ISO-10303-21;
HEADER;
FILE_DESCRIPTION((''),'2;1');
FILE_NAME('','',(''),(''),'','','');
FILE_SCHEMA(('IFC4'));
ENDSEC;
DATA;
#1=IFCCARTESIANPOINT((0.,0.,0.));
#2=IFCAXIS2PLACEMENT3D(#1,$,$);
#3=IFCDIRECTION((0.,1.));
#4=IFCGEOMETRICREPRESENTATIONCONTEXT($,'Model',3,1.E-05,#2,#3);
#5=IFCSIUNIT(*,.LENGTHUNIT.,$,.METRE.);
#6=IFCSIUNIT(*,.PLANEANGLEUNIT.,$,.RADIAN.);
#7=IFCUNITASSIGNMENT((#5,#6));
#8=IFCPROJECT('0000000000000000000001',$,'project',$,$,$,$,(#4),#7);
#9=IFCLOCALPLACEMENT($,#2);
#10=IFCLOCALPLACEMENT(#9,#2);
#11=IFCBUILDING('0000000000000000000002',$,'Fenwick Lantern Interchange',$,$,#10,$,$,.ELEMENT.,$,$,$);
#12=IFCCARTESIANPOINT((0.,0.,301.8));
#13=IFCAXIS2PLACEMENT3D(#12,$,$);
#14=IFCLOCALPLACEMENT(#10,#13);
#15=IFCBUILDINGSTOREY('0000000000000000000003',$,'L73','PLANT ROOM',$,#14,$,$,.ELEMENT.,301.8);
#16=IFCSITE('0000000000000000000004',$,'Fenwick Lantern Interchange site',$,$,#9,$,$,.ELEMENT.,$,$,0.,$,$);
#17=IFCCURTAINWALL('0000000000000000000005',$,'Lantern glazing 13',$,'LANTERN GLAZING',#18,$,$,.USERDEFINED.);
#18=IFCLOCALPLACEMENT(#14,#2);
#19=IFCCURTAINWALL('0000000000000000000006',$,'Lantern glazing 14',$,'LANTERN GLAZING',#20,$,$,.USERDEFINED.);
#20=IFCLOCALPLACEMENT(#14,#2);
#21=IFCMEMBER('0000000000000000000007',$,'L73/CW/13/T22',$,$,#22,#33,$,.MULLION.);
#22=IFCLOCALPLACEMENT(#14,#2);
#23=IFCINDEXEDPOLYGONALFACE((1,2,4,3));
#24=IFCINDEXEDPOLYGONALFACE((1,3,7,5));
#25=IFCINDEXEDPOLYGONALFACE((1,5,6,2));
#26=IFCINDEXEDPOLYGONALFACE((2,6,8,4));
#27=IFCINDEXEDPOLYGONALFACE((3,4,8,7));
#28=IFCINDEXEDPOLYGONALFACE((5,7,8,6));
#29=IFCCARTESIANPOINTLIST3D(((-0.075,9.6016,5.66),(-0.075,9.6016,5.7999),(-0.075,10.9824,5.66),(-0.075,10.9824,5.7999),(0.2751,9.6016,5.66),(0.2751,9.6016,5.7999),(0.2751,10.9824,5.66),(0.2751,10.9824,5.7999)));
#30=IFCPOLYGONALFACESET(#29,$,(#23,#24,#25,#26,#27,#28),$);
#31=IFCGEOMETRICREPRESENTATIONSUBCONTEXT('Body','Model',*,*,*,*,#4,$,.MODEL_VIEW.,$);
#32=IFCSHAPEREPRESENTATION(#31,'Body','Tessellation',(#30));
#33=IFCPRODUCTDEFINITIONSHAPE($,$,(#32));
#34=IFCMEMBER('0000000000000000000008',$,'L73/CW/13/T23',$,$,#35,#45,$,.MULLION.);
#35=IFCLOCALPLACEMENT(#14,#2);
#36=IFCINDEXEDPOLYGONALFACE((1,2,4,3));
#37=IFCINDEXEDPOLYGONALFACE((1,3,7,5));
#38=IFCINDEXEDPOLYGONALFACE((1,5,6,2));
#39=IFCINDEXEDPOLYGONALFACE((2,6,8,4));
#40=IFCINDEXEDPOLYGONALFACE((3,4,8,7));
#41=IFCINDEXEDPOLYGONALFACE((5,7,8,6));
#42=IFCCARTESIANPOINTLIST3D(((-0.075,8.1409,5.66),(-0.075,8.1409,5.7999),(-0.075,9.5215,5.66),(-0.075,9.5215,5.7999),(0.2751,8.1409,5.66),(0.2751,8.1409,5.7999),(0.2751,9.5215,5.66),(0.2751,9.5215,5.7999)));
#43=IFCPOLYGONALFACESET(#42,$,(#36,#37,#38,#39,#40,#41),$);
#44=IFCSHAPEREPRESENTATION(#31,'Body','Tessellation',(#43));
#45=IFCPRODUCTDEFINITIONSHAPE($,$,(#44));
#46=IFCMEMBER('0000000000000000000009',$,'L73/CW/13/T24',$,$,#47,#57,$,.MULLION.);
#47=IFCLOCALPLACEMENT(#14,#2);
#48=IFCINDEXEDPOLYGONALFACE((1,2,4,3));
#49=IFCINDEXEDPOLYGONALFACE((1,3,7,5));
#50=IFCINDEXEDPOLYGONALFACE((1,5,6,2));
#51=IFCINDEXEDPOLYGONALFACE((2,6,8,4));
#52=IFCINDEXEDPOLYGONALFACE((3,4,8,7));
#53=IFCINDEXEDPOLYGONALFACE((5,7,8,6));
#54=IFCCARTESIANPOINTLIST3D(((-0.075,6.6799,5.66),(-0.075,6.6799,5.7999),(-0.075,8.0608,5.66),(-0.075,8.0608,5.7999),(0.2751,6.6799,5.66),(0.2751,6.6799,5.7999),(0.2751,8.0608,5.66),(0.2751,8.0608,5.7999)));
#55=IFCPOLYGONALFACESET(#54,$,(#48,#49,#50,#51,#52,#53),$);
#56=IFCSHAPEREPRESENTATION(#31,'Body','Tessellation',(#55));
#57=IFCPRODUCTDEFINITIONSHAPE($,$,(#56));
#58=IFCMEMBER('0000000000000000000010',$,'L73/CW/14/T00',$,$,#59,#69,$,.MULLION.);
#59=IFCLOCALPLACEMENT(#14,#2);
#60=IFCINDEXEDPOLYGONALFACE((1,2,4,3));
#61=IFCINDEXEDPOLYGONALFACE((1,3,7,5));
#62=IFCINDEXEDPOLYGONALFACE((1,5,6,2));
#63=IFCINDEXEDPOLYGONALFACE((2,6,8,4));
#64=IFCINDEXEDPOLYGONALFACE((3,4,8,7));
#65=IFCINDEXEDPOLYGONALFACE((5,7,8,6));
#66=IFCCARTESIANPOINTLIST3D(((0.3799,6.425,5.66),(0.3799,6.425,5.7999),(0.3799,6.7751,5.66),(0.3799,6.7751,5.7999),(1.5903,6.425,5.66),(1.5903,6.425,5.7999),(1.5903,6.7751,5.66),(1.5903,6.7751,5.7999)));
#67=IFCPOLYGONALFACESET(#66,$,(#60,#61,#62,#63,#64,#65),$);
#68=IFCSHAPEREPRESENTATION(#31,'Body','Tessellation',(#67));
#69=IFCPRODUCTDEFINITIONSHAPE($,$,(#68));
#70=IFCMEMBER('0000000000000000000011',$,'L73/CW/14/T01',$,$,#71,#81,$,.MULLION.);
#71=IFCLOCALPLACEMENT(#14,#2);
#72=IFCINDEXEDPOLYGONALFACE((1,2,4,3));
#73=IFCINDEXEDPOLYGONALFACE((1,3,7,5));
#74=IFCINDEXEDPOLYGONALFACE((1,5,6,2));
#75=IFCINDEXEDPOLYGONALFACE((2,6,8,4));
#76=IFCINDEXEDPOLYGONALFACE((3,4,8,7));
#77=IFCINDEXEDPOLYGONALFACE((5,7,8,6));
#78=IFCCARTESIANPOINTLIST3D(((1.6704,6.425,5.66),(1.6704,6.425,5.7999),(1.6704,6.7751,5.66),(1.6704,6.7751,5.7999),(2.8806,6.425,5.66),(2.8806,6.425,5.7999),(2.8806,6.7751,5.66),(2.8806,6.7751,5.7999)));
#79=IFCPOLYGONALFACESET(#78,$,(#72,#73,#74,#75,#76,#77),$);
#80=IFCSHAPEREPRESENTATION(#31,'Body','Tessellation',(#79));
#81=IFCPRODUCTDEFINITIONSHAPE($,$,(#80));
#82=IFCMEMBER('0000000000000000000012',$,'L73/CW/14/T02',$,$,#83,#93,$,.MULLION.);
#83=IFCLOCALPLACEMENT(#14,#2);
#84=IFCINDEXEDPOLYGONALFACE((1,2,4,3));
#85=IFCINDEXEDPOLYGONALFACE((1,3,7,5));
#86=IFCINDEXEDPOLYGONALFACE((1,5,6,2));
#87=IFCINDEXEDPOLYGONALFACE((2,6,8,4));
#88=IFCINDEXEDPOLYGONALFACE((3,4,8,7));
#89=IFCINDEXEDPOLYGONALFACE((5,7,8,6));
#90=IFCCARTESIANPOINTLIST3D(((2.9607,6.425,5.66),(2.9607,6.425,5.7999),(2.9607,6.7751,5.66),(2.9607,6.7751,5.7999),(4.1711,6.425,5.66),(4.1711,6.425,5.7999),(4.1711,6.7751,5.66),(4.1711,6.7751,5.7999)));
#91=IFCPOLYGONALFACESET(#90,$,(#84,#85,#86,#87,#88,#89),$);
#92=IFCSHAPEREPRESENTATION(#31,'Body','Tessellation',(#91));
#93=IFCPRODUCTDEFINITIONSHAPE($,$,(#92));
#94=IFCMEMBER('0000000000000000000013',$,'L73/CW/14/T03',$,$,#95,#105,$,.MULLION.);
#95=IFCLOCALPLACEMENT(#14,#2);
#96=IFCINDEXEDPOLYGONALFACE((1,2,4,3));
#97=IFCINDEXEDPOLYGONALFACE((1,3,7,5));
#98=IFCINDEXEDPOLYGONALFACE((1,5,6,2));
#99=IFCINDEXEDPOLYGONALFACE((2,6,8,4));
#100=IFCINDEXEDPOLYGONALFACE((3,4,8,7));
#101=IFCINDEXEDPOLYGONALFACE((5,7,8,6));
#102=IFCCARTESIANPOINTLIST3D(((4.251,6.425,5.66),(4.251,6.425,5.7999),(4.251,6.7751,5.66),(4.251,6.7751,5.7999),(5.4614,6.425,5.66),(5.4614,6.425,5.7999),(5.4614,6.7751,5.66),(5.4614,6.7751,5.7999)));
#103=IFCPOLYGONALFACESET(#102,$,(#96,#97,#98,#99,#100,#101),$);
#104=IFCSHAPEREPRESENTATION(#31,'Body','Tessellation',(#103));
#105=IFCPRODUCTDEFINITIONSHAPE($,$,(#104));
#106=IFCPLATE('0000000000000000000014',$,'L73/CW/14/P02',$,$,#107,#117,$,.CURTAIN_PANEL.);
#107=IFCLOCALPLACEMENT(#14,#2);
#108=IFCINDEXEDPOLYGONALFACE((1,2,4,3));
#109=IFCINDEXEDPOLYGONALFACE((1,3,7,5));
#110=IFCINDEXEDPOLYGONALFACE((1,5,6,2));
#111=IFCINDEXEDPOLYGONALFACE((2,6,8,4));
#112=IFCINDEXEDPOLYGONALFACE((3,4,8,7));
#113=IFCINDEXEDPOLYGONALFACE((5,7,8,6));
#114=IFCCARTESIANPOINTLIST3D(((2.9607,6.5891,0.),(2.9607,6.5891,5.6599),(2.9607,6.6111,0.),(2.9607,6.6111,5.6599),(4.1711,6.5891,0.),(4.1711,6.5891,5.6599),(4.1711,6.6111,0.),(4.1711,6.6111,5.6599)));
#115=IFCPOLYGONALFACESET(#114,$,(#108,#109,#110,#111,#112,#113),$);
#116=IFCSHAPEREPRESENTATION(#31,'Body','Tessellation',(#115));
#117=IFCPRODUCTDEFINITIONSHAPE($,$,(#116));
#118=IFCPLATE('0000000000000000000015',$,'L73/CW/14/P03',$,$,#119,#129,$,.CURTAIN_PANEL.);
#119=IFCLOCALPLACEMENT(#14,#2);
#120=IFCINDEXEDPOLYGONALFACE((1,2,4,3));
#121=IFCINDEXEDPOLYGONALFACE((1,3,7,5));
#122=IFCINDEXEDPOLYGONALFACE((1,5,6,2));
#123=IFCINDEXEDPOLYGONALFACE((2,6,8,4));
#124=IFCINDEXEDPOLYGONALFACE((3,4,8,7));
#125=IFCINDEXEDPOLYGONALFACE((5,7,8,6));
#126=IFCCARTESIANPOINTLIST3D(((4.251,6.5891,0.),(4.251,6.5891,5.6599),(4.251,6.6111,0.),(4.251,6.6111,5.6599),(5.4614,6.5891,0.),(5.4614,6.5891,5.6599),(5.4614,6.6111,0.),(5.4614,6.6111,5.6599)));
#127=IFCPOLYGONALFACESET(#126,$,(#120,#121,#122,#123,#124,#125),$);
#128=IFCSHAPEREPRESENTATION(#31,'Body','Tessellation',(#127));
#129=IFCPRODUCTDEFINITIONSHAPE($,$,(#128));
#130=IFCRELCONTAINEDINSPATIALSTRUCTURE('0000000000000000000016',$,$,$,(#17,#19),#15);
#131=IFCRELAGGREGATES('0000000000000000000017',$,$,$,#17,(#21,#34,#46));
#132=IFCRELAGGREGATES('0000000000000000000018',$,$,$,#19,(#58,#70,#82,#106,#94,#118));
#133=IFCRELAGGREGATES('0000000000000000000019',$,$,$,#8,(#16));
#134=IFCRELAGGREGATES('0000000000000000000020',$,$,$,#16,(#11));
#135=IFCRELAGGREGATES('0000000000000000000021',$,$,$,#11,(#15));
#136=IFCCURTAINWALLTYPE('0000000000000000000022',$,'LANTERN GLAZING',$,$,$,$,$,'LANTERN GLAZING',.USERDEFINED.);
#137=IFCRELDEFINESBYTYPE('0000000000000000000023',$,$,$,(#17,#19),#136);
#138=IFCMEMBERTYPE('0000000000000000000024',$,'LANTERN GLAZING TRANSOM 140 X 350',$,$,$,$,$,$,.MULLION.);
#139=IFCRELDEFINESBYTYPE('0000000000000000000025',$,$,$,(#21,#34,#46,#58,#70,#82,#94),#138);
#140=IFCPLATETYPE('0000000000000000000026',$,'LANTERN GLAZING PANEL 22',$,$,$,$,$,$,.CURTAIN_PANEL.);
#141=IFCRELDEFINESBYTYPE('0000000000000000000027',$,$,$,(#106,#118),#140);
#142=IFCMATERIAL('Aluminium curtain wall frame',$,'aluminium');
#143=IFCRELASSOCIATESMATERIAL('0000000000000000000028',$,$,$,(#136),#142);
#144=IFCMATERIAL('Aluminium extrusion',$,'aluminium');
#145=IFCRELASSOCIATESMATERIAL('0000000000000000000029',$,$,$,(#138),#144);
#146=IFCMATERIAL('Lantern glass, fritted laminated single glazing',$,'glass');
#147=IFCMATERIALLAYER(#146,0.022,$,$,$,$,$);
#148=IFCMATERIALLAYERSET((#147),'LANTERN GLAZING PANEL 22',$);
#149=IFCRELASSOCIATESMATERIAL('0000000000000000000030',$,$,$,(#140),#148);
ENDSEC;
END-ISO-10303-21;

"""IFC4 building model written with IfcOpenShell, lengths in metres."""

from ifc_helpers import new_model, si_unit, direction, frame, origin, origin_2d, place, context, subcontext, project, spatial, rectangle, extrude, material, layer, layer_set, material_profile, profile_set, type_object, element, aggregate, save


model = new_model("IFC4")

# Units and contexts
model_context = context("Model", 3, precision=1e-05, world=origin(), true_north=direction((0.0, 1.0)))
body_context = subcontext(model_context, "Body", "Model", "MODEL_VIEW")
ifc_project = project(units=[si_unit("LENGTHUNIT", "METRE"), si_unit("PLANEANGLEUNIT", "RADIAN")], contexts=[model_context])

# Site, building, storey
site_placement = place(None, origin())
site = spatial("IfcSite", under=ifc_project, at=site_placement, Name="Fenwick Lantern Interchange site", CompositionType="ELEMENT", RefElevation=0.0)
building_placement = place(site_placement, origin())
building = spatial("IfcBuilding", under=site, at=building_placement, Name="Fenwick Lantern Interchange", CompositionType="ELEMENT")
storey_placement = place(building_placement, frame((0.0, 0.0, 301.8)))
storey = spatial("IfcBuildingStorey", under=building, at=storey_placement, Name="L73", Description="PLANT ROOM", CompositionType="ELEMENT", Elevation=301.8)

# Curtain walls
ifc_material_1 = material(Name="Aluminium curtain wall frame", Category="aluminium")
curtain_wall_type = type_object("IfcCurtainWallType", Name="LANTERN GLAZING", ElementType="LANTERN GLAZING", PredefinedType="USERDEFINED", material=ifc_material_1)
curtain_wall_1_placement = place(storey_placement, origin())
curtain_wall_1 = element("IfcCurtainWall", 1, at=curtain_wall_1_placement, inside=storey, type_object=curtain_wall_type, Name="Lantern glazing 13", ObjectType="LANTERN GLAZING", PredefinedType="USERDEFINED")
ifc_material_2 = material(Name="Aluminium extrusion", Category="aluminium")
curtain_wall_2_placement = place(storey_placement, origin())
curtain_wall_2 = element("IfcCurtainWall", 2, at=curtain_wall_2_placement, inside=storey, type_object=curtain_wall_type, Name="Lantern glazing 14", ObjectType="LANTERN GLAZING", PredefinedType="USERDEFINED")

# Members
ifc_material_profile_1 = material_profile(ifc_material_2, rectangle(XDim=0.3501, YDim=0.1399, at=origin_2d()), Name="LANTERN GLAZING TRANSOM 140 X 350")
ifc_profile_set_1 = profile_set([ifc_material_profile_1], Name="Aluminium extrusion")
member_type_1 = type_object("IfcMemberType", Name="LANTERN GLAZING TRANSOM 140 X 350", PredefinedType="MULLION", material=ifc_profile_set_1)
member_1_placement = place(storey_placement, frame((0.1001, 10.9824, 5.73), z_axis=(0.0, -1.0, 0.0), x_axis=(1.0, 0.0, 0.0)))
member_1 = element("IfcMember", 3, at=member_1_placement, type_object=member_type_1, Name="L73/CW/13/T22", PredefinedType="MULLION", context=body_context, shape_type="SweptSolid", body=[
    extrude(rectangle(XDim=0.3501, YDim=0.1399, at=origin_2d()), origin(), (0.0, 0.0, 1.0), 1.3809),
])
member_2_placement = place(storey_placement, frame((0.1001, 9.5215, 5.73), z_axis=(0.0, -1.0, 0.0), x_axis=(1.0, 0.0, 0.0)))
member_2 = element("IfcMember", 4, at=member_2_placement, type_object=member_type_1, Name="L73/CW/13/T23", PredefinedType="MULLION", context=body_context, shape_type="SweptSolid", body=[
    extrude(rectangle(XDim=0.3501, YDim=0.1399, at=origin_2d()), origin(), (0.0, 0.0, 1.0), 1.3806),
])
member_3_placement = place(storey_placement, frame((0.1001, 8.0608, 5.73), z_axis=(0.0, -1.0, 0.0), x_axis=(1.0, 0.0, 0.0)))
member_3 = element("IfcMember", 5, at=member_3_placement, type_object=member_type_1, Name="L73/CW/13/T24", PredefinedType="MULLION", context=body_context, shape_type="SweptSolid", body=[
    extrude(rectangle(XDim=0.3501, YDim=0.1399, at=origin_2d()), origin(), (0.0, 0.0, 1.0), 1.3809),
])
aggregate(curtain_wall_1, [member_1, member_2, member_3])
member_4_placement = place(storey_placement, frame((0.3799, 6.6001, 5.73), z_axis=(1.0, 0.0, 0.0), x_axis=(0.0, 1.0, 0.0)))
member_4 = element("IfcMember", 6, at=member_4_placement, type_object=member_type_1, Name="L73/CW/14/T00", PredefinedType="MULLION", context=body_context, shape_type="SweptSolid", body=[
    extrude(rectangle(XDim=0.3501, YDim=0.1399, at=origin_2d()), origin(), (0.0, 0.0, 1.0), 1.2104),
])
member_5_placement = place(storey_placement, frame((1.6704, 6.6001, 5.73), z_axis=(1.0, 0.0, 0.0), x_axis=(0.0, 1.0, 0.0)))
member_5 = element("IfcMember", 7, at=member_5_placement, type_object=member_type_1, Name="L73/CW/14/T01", PredefinedType="MULLION", context=body_context, shape_type="SweptSolid", body=[
    extrude(rectangle(XDim=0.3501, YDim=0.1399, at=origin_2d()), origin(), (0.0, 0.0, 1.0), 1.2102),
])
member_6_placement = place(storey_placement, frame((2.9607, 6.6001, 5.73), z_axis=(1.0, 0.0, 0.0), x_axis=(0.0, 1.0, 0.0)))
member_6 = element("IfcMember", 8, at=member_6_placement, type_object=member_type_1, Name="L73/CW/14/T02", PredefinedType="MULLION", context=body_context, shape_type="SweptSolid", body=[
    extrude(rectangle(XDim=0.3501, YDim=0.1399, at=origin_2d()), origin(), (0.0, 0.0, 1.0), 1.2104),
])
member_7_placement = place(storey_placement, frame((4.251, 6.6001, 5.73), z_axis=(1.0, 0.0, 0.0), x_axis=(0.0, 1.0, 0.0)))
member_7 = element("IfcMember", 9, at=member_7_placement, type_object=member_type_1, Name="L73/CW/14/T03", PredefinedType="MULLION", context=body_context, shape_type="SweptSolid", body=[
    extrude(rectangle(XDim=0.3501, YDim=0.1399, at=origin_2d()), origin(), (0.0, 0.0, 1.0), 1.2104),
])

# Plates
ifc_material_3 = material(Name="Lantern glass, fritted laminated single glazing", Category="glass")
ifc_layer_1 = layer(ifc_material_3, 0.022)
ifc_layer_set_1 = layer_set([ifc_layer_1], Name="LANTERN GLAZING PANEL 22")
plate_type = type_object("IfcPlateType", Name="LANTERN GLAZING PANEL 22", PredefinedType="CURTAIN_PANEL", material=ifc_layer_set_1)
plate_1_placement = place(storey_placement, frame((3.5659, 6.6001, 0.0), z_axis=(0.0, 0.0, 1.0), x_axis=(1.0, 0.0, 0.0)))
plate_1 = element("IfcPlate", 10, at=plate_1_placement, type_object=plate_type, Name="L73/CW/14/P02", PredefinedType="CURTAIN_PANEL", context=body_context, shape_type="SweptSolid", body=[
    extrude(rectangle(XDim=1.2104, YDim=0.022, at=origin_2d()), origin(), (0.0, 0.0, 1.0), 5.6599),
])
plate_2_placement = place(storey_placement, frame((4.8562, 6.6001, 0.0), z_axis=(0.0, 0.0, 1.0), x_axis=(1.0, 0.0, 0.0)))
plate_2 = element("IfcPlate", 11, at=plate_2_placement, type_object=plate_type, Name="L73/CW/14/P03", PredefinedType="CURTAIN_PANEL", context=body_context, shape_type="SweptSolid", body=[
    extrude(rectangle(XDim=1.2104, YDim=0.022, at=origin_2d()), origin(), (0.0, 0.0, 1.0), 5.6599),
])
aggregate(curtain_wall_2, [member_4, member_5, member_6, plate_1, member_7, plate_2])

save(model, "model.ifc")
